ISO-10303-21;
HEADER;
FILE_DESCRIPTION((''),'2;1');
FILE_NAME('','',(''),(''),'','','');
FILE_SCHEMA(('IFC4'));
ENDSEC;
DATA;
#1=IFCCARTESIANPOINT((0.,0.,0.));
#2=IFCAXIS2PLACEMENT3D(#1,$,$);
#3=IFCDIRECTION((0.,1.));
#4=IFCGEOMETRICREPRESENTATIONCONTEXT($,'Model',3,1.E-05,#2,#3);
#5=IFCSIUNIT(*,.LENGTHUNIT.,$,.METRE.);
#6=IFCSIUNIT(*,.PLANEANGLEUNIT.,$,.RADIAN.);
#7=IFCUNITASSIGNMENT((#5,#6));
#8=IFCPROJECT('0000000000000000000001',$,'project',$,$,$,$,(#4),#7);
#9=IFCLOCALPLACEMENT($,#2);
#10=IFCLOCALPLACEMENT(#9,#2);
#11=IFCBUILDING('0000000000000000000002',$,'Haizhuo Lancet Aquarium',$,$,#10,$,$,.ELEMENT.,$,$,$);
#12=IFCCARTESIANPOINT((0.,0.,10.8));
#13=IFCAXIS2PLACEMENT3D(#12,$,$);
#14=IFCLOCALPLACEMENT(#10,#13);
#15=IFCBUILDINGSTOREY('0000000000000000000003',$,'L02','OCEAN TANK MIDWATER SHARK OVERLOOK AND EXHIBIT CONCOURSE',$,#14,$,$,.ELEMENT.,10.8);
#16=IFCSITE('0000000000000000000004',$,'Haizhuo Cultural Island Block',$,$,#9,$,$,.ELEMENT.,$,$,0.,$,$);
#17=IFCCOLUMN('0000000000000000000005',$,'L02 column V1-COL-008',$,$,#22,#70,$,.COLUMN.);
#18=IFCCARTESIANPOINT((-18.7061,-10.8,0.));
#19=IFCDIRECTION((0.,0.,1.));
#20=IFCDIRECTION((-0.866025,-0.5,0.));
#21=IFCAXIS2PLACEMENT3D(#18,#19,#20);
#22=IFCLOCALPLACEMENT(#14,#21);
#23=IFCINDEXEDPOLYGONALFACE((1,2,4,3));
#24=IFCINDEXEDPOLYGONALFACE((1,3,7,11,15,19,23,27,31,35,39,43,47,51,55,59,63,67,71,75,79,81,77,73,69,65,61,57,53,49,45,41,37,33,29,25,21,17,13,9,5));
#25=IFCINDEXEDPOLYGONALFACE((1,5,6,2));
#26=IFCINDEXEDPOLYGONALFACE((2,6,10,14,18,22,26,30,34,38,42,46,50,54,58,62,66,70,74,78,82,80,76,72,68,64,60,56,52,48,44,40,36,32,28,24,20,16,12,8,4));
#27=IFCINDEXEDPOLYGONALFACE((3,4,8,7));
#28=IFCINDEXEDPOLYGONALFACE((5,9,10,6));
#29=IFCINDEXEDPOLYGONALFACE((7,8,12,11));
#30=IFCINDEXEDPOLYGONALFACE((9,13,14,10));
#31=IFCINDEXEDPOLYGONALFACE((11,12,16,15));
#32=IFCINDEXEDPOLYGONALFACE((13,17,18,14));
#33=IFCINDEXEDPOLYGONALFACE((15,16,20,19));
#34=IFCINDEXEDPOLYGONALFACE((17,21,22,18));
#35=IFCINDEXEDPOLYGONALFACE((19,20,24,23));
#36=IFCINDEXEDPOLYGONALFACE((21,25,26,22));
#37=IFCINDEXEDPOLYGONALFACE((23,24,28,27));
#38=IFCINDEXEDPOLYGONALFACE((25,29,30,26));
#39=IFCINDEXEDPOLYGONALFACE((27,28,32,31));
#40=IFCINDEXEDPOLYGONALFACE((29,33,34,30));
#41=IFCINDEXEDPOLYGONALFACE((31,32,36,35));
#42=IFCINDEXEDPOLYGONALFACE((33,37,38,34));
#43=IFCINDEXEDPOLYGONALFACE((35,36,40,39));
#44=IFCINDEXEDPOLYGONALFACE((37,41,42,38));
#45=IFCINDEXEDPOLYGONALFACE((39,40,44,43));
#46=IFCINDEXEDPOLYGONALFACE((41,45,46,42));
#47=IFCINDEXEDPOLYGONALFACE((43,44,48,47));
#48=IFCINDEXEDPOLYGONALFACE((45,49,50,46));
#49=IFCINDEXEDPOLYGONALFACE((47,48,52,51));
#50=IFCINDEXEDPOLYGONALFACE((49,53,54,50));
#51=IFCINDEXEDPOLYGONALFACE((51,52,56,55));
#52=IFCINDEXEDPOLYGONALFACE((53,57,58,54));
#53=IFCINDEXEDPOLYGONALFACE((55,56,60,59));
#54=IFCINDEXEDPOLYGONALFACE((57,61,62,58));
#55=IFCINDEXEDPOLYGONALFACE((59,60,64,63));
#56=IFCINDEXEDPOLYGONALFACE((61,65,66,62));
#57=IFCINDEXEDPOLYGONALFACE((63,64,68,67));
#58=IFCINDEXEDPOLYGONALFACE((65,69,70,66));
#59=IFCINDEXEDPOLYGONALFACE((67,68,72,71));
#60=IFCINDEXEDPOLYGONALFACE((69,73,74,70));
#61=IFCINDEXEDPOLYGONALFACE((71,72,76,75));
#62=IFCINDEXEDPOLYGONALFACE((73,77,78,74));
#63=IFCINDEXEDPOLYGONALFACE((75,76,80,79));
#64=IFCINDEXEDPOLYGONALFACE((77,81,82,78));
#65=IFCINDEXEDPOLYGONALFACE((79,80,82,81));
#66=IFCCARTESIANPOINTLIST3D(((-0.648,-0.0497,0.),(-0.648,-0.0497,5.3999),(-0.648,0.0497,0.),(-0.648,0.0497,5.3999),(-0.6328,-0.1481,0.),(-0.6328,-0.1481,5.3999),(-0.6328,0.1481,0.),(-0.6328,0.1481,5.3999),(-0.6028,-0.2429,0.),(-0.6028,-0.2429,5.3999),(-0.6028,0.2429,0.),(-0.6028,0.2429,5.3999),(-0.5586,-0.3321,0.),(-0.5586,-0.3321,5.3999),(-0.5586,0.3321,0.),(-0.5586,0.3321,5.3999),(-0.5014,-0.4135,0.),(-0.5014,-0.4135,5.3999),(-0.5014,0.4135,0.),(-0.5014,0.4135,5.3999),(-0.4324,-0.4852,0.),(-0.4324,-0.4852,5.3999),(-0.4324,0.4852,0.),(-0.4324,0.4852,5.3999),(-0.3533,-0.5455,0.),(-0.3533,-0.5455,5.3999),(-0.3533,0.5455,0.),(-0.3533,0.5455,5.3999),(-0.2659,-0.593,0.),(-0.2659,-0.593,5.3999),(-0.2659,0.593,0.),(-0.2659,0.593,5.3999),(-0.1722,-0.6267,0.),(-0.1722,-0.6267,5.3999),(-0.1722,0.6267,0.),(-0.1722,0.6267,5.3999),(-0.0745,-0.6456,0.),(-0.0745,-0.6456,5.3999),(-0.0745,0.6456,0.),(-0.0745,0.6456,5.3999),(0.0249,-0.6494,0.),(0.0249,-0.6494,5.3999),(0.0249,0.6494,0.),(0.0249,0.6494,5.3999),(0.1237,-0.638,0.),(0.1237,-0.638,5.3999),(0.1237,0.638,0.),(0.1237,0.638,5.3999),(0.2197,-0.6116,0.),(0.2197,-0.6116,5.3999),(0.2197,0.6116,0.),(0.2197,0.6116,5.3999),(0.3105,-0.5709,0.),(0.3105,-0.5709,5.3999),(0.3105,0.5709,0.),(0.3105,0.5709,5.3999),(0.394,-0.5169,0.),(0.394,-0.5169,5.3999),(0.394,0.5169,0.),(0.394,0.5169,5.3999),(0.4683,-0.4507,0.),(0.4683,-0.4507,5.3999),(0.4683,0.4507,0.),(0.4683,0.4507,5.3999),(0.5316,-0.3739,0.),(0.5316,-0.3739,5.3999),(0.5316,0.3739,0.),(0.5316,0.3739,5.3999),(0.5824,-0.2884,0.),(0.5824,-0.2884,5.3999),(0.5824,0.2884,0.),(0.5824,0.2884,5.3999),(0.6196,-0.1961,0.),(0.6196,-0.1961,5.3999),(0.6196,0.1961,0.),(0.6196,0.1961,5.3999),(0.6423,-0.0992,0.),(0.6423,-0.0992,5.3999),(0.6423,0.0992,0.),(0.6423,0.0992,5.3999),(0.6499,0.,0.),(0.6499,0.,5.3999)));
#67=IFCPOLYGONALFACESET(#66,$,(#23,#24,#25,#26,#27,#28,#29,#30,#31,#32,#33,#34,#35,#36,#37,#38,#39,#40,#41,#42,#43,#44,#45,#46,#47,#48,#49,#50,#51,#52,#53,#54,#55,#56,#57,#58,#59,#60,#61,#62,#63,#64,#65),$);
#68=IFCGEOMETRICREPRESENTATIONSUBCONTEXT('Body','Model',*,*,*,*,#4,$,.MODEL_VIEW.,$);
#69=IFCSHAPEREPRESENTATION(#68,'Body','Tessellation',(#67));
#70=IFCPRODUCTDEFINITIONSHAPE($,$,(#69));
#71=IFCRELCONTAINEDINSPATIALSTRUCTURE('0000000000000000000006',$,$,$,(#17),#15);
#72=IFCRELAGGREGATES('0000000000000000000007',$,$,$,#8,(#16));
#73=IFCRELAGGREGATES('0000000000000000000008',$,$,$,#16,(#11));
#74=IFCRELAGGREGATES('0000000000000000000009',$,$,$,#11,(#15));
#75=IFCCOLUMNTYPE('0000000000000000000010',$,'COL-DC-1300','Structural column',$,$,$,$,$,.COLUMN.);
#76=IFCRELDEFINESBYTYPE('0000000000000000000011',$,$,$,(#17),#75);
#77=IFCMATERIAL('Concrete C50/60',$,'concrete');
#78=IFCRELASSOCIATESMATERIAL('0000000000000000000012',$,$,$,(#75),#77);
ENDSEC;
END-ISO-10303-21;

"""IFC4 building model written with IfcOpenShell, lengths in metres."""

from ifc_helpers import new_model, si_unit, direction, frame, origin, origin_2d, place, context, subcontext, project, spatial, circle, extrude, material, material_profile, profile_set, type_object, element, save


model = new_model("IFC4")

# Units and contexts
model_context = context("Model", 3, precision=1e-05, world=origin(), true_north=direction((0.0, 1.0)))
body_context = subcontext(model_context, "Body", "Model", "MODEL_VIEW")
ifc_project = project(units=[si_unit("LENGTHUNIT", "METRE"), si_unit("PLANEANGLEUNIT", "RADIAN")], contexts=[model_context])

# Site, building, storey
site_placement = place(None, origin())
site = spatial("IfcSite", under=ifc_project, at=site_placement, Name="Haizhuo Cultural Island Block", CompositionType="ELEMENT", RefElevation=0.0)
building_placement = place(site_placement, origin())
building = spatial("IfcBuilding", under=site, at=building_placement, Name="Haizhuo Lancet Aquarium", CompositionType="ELEMENT")
storey_placement = place(building_placement, frame((0.0, 0.0, 10.8)))
storey = spatial("IfcBuildingStorey", under=building, at=storey_placement, Name="L02", Description="OCEAN TANK MIDWATER SHARK OVERLOOK AND EXHIBIT CONCOURSE", CompositionType="ELEMENT", Elevation=10.8)

# Column
ifc_material_1 = material(Name="Concrete C50/60", Category="concrete")
ifc_material_profile_1 = material_profile(ifc_material_1, circle(Radius=0.6499, at=origin_2d()), Name="RC-DC 1300")
ifc_profile_set_1 = profile_set([ifc_material_profile_1], Name="Concrete C50/60")
column_type = type_object("IfcColumnType", Name="COL-DC-1300", Description="Structural column", PredefinedType="COLUMN", material=ifc_profile_set_1)
column_placement = place(storey_placement, frame((-18.7061, -10.8, 0.0), z_axis=(0.0, 0.0, 1.0), x_axis=(-0.866025, -0.5, 0.0)))
element("IfcColumn", 1, at=column_placement, inside=storey, type_object=column_type, Name="L02 column V1-COL-008", PredefinedType="COLUMN", context=body_context, shape_type="SweptSolid", body=[
    extrude(circle(Radius=0.6499, at=origin_2d()), origin(), (0.0, 0.0, 1.0), 5.3999),
])

save(model, "model.ifc")
